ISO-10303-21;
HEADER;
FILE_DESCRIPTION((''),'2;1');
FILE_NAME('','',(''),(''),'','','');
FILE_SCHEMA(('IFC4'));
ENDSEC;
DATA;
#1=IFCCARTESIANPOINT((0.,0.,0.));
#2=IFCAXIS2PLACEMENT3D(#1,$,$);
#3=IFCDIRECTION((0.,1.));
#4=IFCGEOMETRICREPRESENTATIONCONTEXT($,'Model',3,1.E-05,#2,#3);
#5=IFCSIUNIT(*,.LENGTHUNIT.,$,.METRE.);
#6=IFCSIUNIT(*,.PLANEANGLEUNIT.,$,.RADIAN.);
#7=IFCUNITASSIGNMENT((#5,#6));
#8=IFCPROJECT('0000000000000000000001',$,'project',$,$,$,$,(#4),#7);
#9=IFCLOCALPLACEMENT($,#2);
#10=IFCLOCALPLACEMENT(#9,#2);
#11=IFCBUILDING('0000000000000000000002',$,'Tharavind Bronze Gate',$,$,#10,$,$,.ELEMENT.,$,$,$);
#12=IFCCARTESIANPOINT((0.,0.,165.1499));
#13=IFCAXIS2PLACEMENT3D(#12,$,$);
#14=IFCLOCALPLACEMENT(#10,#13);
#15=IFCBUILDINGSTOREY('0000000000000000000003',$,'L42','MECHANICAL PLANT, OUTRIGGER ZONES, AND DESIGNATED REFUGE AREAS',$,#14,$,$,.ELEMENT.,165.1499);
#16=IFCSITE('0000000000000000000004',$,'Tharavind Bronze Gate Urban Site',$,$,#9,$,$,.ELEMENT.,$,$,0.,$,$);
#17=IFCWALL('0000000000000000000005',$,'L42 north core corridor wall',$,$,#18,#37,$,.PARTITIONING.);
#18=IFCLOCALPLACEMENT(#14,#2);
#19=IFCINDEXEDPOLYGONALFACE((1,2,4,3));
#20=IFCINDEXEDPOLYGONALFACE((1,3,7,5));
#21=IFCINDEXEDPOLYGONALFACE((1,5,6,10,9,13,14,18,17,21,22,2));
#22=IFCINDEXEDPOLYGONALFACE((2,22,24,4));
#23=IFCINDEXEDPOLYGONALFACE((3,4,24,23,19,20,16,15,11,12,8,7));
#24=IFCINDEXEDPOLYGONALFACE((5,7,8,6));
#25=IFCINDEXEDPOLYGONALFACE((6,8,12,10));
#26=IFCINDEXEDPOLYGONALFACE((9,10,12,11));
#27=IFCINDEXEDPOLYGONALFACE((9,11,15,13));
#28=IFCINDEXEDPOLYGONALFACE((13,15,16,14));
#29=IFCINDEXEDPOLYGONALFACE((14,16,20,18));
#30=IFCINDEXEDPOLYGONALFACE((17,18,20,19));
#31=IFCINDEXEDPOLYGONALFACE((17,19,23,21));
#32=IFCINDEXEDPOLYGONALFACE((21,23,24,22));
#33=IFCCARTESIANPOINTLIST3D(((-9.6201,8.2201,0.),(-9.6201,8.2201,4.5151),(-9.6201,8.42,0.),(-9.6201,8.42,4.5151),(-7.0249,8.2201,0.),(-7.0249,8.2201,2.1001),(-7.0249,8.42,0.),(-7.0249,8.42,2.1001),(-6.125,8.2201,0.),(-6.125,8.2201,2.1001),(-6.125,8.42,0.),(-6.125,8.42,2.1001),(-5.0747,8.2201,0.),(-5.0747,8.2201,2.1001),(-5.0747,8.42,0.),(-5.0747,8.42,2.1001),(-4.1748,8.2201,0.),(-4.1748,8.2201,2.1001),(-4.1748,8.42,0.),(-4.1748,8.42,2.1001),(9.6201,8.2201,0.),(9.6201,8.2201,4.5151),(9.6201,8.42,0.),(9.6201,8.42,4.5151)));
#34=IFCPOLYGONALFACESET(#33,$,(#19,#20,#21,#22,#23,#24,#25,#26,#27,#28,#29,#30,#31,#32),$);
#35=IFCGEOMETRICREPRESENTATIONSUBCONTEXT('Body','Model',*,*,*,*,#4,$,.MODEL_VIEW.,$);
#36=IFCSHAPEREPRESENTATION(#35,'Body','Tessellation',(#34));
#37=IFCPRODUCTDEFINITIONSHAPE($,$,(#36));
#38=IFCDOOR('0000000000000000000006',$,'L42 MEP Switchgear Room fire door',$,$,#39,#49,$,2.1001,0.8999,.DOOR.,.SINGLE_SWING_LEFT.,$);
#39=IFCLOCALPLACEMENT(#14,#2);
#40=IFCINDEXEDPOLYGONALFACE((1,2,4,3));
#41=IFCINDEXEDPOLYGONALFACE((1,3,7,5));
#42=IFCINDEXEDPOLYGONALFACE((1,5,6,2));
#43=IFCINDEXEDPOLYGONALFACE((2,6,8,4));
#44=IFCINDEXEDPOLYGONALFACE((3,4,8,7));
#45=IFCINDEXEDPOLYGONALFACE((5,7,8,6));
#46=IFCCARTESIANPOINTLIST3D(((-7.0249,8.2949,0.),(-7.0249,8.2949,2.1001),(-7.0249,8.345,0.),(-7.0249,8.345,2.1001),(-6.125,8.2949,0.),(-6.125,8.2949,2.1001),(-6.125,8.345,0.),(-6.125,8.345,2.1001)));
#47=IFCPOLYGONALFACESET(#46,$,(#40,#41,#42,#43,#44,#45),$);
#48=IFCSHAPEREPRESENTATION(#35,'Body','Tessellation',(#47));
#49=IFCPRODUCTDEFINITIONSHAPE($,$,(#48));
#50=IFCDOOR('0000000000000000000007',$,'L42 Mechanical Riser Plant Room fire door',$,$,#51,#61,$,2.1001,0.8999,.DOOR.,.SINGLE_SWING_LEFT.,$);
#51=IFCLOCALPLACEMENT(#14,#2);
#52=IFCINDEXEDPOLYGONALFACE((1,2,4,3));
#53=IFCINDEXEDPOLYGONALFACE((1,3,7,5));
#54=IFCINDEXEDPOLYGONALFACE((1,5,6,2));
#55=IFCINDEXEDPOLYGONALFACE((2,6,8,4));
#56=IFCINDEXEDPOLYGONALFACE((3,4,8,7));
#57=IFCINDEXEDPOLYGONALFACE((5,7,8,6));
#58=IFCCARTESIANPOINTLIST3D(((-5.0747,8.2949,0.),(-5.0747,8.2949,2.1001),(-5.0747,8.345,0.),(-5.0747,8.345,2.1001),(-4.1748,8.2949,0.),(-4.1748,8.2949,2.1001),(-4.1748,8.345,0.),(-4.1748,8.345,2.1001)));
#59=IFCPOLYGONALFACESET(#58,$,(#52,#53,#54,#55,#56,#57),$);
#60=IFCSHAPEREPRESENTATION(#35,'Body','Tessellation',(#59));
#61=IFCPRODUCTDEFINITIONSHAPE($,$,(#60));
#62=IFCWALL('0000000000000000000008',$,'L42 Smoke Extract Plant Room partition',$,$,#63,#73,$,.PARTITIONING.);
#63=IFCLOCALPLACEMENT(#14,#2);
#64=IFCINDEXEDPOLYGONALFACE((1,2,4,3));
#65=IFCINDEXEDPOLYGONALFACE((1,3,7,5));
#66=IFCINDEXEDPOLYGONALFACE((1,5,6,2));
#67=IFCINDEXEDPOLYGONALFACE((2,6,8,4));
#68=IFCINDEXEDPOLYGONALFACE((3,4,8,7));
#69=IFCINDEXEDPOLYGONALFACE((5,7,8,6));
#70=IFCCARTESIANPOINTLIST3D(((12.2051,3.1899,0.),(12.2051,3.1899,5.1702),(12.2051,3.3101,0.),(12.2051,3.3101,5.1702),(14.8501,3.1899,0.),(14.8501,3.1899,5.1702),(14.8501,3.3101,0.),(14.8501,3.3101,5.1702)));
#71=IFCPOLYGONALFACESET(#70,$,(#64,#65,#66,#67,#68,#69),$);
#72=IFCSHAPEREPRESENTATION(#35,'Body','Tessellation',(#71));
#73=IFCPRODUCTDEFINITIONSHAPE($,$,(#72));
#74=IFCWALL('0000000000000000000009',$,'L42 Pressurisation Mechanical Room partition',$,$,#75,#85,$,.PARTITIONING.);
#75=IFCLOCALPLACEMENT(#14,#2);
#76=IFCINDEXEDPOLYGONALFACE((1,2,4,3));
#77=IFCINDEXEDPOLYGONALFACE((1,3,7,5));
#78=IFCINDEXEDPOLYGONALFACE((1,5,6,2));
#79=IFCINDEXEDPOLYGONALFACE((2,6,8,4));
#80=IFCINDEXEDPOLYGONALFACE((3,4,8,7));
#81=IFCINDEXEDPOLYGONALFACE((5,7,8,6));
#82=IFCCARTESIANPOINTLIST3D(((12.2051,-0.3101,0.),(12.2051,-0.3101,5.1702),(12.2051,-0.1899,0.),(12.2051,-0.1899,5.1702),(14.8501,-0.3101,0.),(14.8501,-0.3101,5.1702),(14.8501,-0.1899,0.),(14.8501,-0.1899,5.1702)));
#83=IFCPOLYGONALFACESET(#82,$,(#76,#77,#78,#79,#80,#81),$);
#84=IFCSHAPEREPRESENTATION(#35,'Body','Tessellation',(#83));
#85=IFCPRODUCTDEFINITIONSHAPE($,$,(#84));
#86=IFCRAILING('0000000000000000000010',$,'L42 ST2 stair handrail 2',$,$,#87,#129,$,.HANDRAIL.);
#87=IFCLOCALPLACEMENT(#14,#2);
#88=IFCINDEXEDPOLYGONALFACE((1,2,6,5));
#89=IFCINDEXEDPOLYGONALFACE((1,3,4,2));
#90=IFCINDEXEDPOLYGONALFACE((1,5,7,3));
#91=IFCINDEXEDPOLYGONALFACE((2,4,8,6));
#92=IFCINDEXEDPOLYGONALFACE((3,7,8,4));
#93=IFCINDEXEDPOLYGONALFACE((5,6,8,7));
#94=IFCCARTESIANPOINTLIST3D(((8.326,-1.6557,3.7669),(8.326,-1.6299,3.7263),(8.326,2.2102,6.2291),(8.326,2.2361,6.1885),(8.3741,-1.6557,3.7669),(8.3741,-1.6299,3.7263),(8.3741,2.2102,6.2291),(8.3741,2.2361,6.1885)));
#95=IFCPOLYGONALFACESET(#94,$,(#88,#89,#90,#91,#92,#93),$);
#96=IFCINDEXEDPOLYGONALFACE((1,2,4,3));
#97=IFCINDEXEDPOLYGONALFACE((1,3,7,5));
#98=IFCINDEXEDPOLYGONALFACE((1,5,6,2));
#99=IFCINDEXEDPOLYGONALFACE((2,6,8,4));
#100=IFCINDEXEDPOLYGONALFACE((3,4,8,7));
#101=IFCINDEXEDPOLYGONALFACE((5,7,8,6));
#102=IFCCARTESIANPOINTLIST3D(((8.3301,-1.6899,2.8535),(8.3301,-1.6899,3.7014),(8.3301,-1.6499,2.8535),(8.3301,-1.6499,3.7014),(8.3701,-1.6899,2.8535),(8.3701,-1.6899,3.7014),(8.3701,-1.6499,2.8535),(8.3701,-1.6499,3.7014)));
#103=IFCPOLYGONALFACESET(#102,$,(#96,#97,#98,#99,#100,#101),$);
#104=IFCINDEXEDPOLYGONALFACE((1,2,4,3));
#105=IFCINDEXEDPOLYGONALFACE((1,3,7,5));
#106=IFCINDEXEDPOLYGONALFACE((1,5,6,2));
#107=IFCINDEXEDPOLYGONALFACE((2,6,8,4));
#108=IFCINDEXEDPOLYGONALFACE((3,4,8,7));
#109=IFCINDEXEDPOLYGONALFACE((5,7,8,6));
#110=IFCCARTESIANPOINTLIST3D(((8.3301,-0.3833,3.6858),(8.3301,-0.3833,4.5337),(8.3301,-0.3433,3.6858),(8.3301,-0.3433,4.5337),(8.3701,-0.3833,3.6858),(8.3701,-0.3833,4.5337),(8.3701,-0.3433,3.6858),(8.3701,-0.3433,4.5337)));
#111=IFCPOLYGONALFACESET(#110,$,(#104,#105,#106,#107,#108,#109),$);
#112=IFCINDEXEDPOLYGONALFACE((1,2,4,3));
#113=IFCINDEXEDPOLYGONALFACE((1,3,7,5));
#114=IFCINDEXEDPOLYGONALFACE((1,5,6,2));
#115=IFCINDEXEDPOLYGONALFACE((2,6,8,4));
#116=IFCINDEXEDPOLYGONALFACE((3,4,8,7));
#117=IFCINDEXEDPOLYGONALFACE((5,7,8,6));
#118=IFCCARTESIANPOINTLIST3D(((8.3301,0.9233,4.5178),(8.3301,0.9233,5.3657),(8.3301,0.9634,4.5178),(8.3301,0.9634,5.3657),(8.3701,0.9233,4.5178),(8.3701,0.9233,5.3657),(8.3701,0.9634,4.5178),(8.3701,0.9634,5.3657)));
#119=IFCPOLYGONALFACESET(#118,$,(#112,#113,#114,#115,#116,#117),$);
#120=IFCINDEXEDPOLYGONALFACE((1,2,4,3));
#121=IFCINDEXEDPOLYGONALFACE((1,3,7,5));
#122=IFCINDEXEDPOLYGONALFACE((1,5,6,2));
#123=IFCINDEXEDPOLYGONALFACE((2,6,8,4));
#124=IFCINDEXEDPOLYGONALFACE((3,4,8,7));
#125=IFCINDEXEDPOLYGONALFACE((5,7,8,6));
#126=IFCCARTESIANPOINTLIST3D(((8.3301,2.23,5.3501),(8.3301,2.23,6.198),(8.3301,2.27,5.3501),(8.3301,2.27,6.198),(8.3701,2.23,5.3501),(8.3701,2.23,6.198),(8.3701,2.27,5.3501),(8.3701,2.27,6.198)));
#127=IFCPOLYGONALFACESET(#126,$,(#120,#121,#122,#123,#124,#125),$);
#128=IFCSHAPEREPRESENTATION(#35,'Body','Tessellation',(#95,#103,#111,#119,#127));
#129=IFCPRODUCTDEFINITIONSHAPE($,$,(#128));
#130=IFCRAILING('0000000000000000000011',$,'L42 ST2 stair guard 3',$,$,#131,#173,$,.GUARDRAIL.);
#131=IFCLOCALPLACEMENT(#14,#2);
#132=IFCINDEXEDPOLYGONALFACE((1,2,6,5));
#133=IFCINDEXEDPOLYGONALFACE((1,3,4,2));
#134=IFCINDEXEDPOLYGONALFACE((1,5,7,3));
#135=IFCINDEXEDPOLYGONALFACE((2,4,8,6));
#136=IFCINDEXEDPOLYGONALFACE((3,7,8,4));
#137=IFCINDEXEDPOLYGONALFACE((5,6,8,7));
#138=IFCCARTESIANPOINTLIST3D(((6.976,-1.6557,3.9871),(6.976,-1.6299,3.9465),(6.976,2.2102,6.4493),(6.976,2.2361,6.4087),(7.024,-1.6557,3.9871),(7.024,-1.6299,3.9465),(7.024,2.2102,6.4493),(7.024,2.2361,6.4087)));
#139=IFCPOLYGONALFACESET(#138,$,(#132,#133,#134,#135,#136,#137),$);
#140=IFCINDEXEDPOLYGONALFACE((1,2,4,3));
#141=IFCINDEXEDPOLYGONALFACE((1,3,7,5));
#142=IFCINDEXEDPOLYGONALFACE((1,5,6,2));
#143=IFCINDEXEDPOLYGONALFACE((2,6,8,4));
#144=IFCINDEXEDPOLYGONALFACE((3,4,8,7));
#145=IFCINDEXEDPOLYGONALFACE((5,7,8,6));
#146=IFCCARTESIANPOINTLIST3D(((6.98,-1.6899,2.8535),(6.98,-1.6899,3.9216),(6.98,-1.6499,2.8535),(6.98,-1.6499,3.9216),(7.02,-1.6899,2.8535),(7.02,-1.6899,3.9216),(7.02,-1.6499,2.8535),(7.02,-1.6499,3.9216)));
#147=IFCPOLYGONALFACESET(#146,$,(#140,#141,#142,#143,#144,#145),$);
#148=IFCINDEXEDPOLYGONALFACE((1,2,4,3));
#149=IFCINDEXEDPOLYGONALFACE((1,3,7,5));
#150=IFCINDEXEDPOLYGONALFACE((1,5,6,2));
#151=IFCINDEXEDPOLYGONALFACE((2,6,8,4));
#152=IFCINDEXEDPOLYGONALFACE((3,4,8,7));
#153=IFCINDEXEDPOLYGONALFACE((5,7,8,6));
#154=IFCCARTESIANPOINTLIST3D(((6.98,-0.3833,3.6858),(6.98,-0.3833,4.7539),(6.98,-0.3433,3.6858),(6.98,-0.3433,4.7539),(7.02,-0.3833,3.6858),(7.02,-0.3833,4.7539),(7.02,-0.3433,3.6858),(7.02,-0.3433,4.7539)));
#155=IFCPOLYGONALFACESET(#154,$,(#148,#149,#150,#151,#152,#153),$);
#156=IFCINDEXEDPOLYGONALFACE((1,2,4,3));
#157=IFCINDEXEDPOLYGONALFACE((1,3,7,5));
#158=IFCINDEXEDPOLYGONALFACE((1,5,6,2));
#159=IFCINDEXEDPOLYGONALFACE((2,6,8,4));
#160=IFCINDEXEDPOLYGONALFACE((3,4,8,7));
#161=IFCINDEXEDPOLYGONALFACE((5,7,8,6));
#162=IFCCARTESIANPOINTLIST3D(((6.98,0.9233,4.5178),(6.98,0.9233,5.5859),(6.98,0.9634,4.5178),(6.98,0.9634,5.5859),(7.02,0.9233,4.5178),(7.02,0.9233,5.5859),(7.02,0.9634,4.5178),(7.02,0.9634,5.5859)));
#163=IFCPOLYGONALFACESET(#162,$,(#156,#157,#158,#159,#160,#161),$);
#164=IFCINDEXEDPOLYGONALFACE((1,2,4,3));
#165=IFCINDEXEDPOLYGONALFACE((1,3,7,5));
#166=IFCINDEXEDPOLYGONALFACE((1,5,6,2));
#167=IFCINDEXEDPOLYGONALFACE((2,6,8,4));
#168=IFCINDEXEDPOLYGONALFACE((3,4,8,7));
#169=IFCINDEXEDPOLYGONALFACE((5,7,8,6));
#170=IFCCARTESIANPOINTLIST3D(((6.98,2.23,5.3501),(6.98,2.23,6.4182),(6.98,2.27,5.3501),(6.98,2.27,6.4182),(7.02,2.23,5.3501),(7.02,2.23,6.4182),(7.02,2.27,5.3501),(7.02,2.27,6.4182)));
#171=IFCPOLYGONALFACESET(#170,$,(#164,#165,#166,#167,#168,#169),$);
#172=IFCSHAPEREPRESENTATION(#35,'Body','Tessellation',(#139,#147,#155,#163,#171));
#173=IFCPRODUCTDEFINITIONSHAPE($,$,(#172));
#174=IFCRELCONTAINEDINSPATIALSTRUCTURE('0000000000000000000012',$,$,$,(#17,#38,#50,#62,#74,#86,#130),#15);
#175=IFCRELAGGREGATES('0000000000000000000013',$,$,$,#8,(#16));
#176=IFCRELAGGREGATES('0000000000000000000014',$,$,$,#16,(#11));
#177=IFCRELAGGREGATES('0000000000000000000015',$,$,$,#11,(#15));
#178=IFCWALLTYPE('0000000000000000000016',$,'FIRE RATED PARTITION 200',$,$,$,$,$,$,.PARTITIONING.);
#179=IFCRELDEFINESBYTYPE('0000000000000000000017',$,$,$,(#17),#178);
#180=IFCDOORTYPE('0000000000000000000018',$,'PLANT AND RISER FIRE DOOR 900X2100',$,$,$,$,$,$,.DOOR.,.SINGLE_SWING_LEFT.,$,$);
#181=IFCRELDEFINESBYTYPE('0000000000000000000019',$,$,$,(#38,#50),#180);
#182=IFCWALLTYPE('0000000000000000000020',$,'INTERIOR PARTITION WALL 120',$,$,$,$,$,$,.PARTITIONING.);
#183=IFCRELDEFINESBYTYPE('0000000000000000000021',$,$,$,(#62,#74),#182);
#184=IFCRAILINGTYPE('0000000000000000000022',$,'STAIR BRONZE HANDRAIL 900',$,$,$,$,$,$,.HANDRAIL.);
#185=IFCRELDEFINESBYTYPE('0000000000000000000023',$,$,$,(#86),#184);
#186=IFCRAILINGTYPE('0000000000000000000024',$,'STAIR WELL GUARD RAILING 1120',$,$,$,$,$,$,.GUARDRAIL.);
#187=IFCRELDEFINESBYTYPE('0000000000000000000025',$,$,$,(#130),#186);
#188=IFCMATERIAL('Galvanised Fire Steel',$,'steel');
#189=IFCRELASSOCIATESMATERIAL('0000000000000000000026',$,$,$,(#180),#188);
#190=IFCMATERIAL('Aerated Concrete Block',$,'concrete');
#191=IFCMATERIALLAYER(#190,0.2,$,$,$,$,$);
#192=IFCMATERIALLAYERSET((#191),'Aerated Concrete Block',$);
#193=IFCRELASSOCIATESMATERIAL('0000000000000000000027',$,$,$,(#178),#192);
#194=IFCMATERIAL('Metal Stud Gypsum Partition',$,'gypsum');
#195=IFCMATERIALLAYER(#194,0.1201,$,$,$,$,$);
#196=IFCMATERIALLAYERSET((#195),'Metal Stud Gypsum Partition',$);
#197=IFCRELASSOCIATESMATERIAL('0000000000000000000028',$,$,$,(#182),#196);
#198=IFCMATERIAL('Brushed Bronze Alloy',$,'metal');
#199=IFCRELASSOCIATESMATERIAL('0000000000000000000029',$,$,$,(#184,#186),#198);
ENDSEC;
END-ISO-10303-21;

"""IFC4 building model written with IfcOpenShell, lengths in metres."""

from ifc_helpers import new_model, si_unit, direction, frame, frame_2d, origin, origin_2d, place, context, subcontext, project, spatial, rectangle, extrude, material, layer, layer_set, type_object, element, fill, save


model = new_model("IFC4")

# Units and contexts
model_context = context("Model", 3, precision=1e-05, world=origin(), true_north=direction((0.0, 1.0)))
body_context = subcontext(model_context, "Body", "Model", "MODEL_VIEW")
ifc_project = project(units=[si_unit("LENGTHUNIT", "METRE"), si_unit("PLANEANGLEUNIT", "RADIAN")], contexts=[model_context])

# Site, building, storey
site_placement = place(None, origin())
site = spatial("IfcSite", under=ifc_project, at=site_placement, Name="Tharavind Bronze Gate Urban Site", CompositionType="ELEMENT", RefElevation=0.0)
building_placement = place(site_placement, origin())
building = spatial("IfcBuilding", under=site, at=building_placement, Name="Tharavind Bronze Gate", CompositionType="ELEMENT")
storey_placement = place(building_placement, frame((0.0, 0.0, 165.1499)))
storey = spatial("IfcBuildingStorey", under=building, at=storey_placement, Name="L42", Description="MECHANICAL PLANT, OUTRIGGER ZONES, AND DESIGNATED REFUGE AREAS", CompositionType="ELEMENT", Elevation=165.1499)

# Shared definitions
ifc_material_1 = material(Name="Galvanised Fire Steel", Category="steel")
door_type = type_object("IfcDoorType", Name="PLANT AND RISER FIRE DOOR 900X2100", OperationType="SINGLE_SWING_LEFT", PredefinedType="DOOR", material=ifc_material_1)

# Wall, openings, doors
ifc_material_2 = material(Name="Aerated Concrete Block", Category="concrete")
ifc_layer_1 = layer(ifc_material_2, 0.2)
ifc_layer_set_1 = layer_set([ifc_layer_1], Name="Aerated Concrete Block")
wall_type_1 = type_object("IfcWallType", Name="FIRE RATED PARTITION 200", PredefinedType="PARTITIONING", material=ifc_layer_set_1)
wall_1_placement = place(storey_placement, frame((9.6201, 8.3201, 0.0), z_axis=(0.0, 0.0, 1.0), x_axis=(-1.0, 0.0, 0.0)))
wall_1 = element("IfcWall", 1, at=wall_1_placement, inside=storey, type_object=wall_type_1, Name="L42 north core corridor wall", PredefinedType="PARTITIONING", context=body_context, shape_type="SweptSolid", body=[
    extrude(rectangle(XDim=19.2402, YDim=0.2, at=frame_2d((9.6201, 0.0))), origin(), (0.0, 0.0, 1.0), 4.5151),
])
opening_1_placement = place(wall_1_placement, frame((15.7451, 0.0, 0.0)))
opening_1 = element("IfcOpeningElement", 2, at=opening_1_placement, cuts=wall_1, PredefinedType="OPENING", context=body_context, shape_type="SweptSolid", body=[
    extrude(rectangle(XDim=0.8999, YDim=2.1001, at=frame_2d((0.45, 1.05))), frame((0.0, 0.1101, 0.0), z_axis=(0.0, -1.0, 0.0), x_axis=(1.0, 0.0, 0.0)), (0.0, 0.0, 1.0), 0.22),
])
opening_2_placement = place(wall_1_placement, frame((13.7949, 0.0, 0.0)))
opening_2 = element("IfcOpeningElement", 3, at=opening_2_placement, cuts=wall_1, PredefinedType="OPENING", context=body_context, shape_type="SweptSolid", body=[
    extrude(rectangle(XDim=0.8999, YDim=2.1001, at=frame_2d((0.45, 1.05))), frame((0.0, 0.1101, 0.0), z_axis=(0.0, -1.0, 0.0), x_axis=(1.0, 0.0, 0.0)), (0.0, 0.0, 1.0), 0.22),
])
door_1_placement = place(opening_1_placement, frame((0.8999, 0.0, 0.0), z_axis=(0.0, 0.0, 1.0), x_axis=(-1.0, 0.0, 0.0)))
door_1 = element("IfcDoor", 4, at=door_1_placement, inside=storey, type_object=door_type, Name="L42 MEP Switchgear Room fire door", OperationType="SINGLE_SWING_LEFT", OverallHeight=2.1001, OverallWidth=0.8999, PredefinedType="DOOR", context=body_context, shape_type="SweptSolid", body=[
    extrude(rectangle(XDim=0.8999, YDim=2.1001, at=frame_2d((0.45, 1.05))), frame((0.0, 0.0249, 0.0), z_axis=(0.0, -1.0, 0.0), x_axis=(1.0, 0.0, 0.0)), (0.0, 0.0, 1.0), 0.05),
])
fill(opening_1, door_1)
door_2_placement = place(opening_2_placement, frame((0.8999, 0.0, 0.0), z_axis=(0.0, 0.0, 1.0), x_axis=(-1.0, 0.0, 0.0)))
door_2 = element("IfcDoor", 5, at=door_2_placement, inside=storey, type_object=door_type, Name="L42 Mechanical Riser Plant Room fire door", OperationType="SINGLE_SWING_LEFT", OverallHeight=2.1001, OverallWidth=0.8999, PredefinedType="DOOR", context=body_context, shape_type="SweptSolid", body=[
    extrude(rectangle(XDim=0.8999, YDim=2.1001, at=frame_2d((0.45, 1.05))), frame((0.0, 0.0249, 0.0), z_axis=(0.0, -1.0, 0.0), x_axis=(1.0, 0.0, 0.0)), (0.0, 0.0, 1.0), 0.05),
])
fill(opening_2, door_2)

# Walls
ifc_material_3 = material(Name="Metal Stud Gypsum Partition", Category="gypsum")
ifc_layer_2 = layer(ifc_material_3, 0.1201)
ifc_layer_set_2 = layer_set([ifc_layer_2], Name="Metal Stud Gypsum Partition")
wall_type_2 = type_object("IfcWallType", Name="INTERIOR PARTITION WALL 120", PredefinedType="PARTITIONING", material=ifc_layer_set_2)
for number, where, z_axis, x_axis, name in (
    (6, (12.2051, 3.25, 0.0), (0.0, 0.0, 1.0), (1.0, 0.0, 0.0), "L42 Smoke Extract Plant Room partition"),
    (7, (12.2051, -0.25, 0.0), (0.0, 0.0, 1.0), (1.0, 0.0, 0.0), "L42 Pressurisation Mechanical Room partition"),
):
    element("IfcWall", number, at=place(storey_placement, frame(where, z_axis=z_axis, x_axis=x_axis)), inside=storey, type_object=wall_type_2, Name=name, PredefinedType="PARTITIONING", context=body_context, shape_type="SweptSolid", body=[
        extrude(rectangle(XDim=2.645, YDim=0.1201, at=frame_2d((1.3225, 0.0))), origin(), (0.0, 0.0, 1.0), 5.1702),
    ])

# Railings
ifc_material_4 = material(Name="Brushed Bronze Alloy", Category="metal")
railing_type_1 = type_object("IfcRailingType", Name="STAIR BRONZE HANDRAIL 900", PredefinedType="HANDRAIL", material=ifc_material_4)
railing_1_placement = place(storey_placement, frame((8.3501, -1.6699, 2.8535)))
element("IfcRailing", 8, at=railing_1_placement, inside=storey, type_object=railing_type_1, Name="L42 ST2 stair handrail 2", PredefinedType="HANDRAIL", context=body_context, shape_type="SweptSolid", body=[
    extrude(rectangle(XDim=0.0481, YDim=0.0481, at=origin_2d()), frame((0.0, 0.0271, 0.8931), z_axis=(0.0, 0.843458, 0.537195), x_axis=(-1.0, 0.0, 0.0)), (0.0, 0.0, 1.0), 4.5835),
    extrude(rectangle(XDim=0.04, YDim=0.04, at=origin_2d()), origin(), (0.0, 0.0, 1.0), 0.8479),
    extrude(rectangle(XDim=0.04, YDim=0.04, at=origin_2d()), frame((0.0, 1.3066, 0.8323)), (0.0, 0.0, 1.0), 0.8479),
    extrude(rectangle(XDim=0.04, YDim=0.04, at=origin_2d()), frame((0.0, 2.6133, 1.6643)), (0.0, 0.0, 1.0), 0.8479),
    extrude(rectangle(XDim=0.04, YDim=0.04, at=origin_2d()), frame((0.0, 3.9199, 2.4966)), (0.0, 0.0, 1.0), 0.8479),
])
railing_type_2 = type_object("IfcRailingType", Name="STAIR WELL GUARD RAILING 1120", PredefinedType="GUARDRAIL", material=ifc_material_4)
railing_2_placement = place(storey_placement, frame((7.0, -1.6699, 2.8535)))
element("IfcRailing", 9, at=railing_2_placement, inside=storey, type_object=railing_type_2, Name="L42 ST2 stair guard 3", PredefinedType="GUARDRAIL", context=body_context, shape_type="SweptSolid", body=[
    extrude(rectangle(XDim=0.0481, YDim=0.0481, at=origin_2d()), frame((0.0, 0.0271, 1.1133), z_axis=(0.0, 0.843458, 0.537195), x_axis=(-1.0, 0.0, 0.0)), (0.0, 0.0, 1.0), 4.5835),
    extrude(rectangle(XDim=0.04, YDim=0.04, at=origin_2d()), origin(), (0.0, 0.0, 1.0), 1.0681),
    extrude(rectangle(XDim=0.04, YDim=0.04, at=origin_2d()), frame((0.0, 1.3066, 0.8323)), (0.0, 0.0, 1.0), 1.0681),
    extrude(rectangle(XDim=0.04, YDim=0.04, at=origin_2d()), frame((0.0, 2.6133, 1.6643)), (0.0, 0.0, 1.0), 1.0681),
    extrude(rectangle(XDim=0.04, YDim=0.04, at=origin_2d()), frame((0.0, 3.9199, 2.4966)), (0.0, 0.0, 1.0), 1.0681),
])

save(model, "model.ifc")
